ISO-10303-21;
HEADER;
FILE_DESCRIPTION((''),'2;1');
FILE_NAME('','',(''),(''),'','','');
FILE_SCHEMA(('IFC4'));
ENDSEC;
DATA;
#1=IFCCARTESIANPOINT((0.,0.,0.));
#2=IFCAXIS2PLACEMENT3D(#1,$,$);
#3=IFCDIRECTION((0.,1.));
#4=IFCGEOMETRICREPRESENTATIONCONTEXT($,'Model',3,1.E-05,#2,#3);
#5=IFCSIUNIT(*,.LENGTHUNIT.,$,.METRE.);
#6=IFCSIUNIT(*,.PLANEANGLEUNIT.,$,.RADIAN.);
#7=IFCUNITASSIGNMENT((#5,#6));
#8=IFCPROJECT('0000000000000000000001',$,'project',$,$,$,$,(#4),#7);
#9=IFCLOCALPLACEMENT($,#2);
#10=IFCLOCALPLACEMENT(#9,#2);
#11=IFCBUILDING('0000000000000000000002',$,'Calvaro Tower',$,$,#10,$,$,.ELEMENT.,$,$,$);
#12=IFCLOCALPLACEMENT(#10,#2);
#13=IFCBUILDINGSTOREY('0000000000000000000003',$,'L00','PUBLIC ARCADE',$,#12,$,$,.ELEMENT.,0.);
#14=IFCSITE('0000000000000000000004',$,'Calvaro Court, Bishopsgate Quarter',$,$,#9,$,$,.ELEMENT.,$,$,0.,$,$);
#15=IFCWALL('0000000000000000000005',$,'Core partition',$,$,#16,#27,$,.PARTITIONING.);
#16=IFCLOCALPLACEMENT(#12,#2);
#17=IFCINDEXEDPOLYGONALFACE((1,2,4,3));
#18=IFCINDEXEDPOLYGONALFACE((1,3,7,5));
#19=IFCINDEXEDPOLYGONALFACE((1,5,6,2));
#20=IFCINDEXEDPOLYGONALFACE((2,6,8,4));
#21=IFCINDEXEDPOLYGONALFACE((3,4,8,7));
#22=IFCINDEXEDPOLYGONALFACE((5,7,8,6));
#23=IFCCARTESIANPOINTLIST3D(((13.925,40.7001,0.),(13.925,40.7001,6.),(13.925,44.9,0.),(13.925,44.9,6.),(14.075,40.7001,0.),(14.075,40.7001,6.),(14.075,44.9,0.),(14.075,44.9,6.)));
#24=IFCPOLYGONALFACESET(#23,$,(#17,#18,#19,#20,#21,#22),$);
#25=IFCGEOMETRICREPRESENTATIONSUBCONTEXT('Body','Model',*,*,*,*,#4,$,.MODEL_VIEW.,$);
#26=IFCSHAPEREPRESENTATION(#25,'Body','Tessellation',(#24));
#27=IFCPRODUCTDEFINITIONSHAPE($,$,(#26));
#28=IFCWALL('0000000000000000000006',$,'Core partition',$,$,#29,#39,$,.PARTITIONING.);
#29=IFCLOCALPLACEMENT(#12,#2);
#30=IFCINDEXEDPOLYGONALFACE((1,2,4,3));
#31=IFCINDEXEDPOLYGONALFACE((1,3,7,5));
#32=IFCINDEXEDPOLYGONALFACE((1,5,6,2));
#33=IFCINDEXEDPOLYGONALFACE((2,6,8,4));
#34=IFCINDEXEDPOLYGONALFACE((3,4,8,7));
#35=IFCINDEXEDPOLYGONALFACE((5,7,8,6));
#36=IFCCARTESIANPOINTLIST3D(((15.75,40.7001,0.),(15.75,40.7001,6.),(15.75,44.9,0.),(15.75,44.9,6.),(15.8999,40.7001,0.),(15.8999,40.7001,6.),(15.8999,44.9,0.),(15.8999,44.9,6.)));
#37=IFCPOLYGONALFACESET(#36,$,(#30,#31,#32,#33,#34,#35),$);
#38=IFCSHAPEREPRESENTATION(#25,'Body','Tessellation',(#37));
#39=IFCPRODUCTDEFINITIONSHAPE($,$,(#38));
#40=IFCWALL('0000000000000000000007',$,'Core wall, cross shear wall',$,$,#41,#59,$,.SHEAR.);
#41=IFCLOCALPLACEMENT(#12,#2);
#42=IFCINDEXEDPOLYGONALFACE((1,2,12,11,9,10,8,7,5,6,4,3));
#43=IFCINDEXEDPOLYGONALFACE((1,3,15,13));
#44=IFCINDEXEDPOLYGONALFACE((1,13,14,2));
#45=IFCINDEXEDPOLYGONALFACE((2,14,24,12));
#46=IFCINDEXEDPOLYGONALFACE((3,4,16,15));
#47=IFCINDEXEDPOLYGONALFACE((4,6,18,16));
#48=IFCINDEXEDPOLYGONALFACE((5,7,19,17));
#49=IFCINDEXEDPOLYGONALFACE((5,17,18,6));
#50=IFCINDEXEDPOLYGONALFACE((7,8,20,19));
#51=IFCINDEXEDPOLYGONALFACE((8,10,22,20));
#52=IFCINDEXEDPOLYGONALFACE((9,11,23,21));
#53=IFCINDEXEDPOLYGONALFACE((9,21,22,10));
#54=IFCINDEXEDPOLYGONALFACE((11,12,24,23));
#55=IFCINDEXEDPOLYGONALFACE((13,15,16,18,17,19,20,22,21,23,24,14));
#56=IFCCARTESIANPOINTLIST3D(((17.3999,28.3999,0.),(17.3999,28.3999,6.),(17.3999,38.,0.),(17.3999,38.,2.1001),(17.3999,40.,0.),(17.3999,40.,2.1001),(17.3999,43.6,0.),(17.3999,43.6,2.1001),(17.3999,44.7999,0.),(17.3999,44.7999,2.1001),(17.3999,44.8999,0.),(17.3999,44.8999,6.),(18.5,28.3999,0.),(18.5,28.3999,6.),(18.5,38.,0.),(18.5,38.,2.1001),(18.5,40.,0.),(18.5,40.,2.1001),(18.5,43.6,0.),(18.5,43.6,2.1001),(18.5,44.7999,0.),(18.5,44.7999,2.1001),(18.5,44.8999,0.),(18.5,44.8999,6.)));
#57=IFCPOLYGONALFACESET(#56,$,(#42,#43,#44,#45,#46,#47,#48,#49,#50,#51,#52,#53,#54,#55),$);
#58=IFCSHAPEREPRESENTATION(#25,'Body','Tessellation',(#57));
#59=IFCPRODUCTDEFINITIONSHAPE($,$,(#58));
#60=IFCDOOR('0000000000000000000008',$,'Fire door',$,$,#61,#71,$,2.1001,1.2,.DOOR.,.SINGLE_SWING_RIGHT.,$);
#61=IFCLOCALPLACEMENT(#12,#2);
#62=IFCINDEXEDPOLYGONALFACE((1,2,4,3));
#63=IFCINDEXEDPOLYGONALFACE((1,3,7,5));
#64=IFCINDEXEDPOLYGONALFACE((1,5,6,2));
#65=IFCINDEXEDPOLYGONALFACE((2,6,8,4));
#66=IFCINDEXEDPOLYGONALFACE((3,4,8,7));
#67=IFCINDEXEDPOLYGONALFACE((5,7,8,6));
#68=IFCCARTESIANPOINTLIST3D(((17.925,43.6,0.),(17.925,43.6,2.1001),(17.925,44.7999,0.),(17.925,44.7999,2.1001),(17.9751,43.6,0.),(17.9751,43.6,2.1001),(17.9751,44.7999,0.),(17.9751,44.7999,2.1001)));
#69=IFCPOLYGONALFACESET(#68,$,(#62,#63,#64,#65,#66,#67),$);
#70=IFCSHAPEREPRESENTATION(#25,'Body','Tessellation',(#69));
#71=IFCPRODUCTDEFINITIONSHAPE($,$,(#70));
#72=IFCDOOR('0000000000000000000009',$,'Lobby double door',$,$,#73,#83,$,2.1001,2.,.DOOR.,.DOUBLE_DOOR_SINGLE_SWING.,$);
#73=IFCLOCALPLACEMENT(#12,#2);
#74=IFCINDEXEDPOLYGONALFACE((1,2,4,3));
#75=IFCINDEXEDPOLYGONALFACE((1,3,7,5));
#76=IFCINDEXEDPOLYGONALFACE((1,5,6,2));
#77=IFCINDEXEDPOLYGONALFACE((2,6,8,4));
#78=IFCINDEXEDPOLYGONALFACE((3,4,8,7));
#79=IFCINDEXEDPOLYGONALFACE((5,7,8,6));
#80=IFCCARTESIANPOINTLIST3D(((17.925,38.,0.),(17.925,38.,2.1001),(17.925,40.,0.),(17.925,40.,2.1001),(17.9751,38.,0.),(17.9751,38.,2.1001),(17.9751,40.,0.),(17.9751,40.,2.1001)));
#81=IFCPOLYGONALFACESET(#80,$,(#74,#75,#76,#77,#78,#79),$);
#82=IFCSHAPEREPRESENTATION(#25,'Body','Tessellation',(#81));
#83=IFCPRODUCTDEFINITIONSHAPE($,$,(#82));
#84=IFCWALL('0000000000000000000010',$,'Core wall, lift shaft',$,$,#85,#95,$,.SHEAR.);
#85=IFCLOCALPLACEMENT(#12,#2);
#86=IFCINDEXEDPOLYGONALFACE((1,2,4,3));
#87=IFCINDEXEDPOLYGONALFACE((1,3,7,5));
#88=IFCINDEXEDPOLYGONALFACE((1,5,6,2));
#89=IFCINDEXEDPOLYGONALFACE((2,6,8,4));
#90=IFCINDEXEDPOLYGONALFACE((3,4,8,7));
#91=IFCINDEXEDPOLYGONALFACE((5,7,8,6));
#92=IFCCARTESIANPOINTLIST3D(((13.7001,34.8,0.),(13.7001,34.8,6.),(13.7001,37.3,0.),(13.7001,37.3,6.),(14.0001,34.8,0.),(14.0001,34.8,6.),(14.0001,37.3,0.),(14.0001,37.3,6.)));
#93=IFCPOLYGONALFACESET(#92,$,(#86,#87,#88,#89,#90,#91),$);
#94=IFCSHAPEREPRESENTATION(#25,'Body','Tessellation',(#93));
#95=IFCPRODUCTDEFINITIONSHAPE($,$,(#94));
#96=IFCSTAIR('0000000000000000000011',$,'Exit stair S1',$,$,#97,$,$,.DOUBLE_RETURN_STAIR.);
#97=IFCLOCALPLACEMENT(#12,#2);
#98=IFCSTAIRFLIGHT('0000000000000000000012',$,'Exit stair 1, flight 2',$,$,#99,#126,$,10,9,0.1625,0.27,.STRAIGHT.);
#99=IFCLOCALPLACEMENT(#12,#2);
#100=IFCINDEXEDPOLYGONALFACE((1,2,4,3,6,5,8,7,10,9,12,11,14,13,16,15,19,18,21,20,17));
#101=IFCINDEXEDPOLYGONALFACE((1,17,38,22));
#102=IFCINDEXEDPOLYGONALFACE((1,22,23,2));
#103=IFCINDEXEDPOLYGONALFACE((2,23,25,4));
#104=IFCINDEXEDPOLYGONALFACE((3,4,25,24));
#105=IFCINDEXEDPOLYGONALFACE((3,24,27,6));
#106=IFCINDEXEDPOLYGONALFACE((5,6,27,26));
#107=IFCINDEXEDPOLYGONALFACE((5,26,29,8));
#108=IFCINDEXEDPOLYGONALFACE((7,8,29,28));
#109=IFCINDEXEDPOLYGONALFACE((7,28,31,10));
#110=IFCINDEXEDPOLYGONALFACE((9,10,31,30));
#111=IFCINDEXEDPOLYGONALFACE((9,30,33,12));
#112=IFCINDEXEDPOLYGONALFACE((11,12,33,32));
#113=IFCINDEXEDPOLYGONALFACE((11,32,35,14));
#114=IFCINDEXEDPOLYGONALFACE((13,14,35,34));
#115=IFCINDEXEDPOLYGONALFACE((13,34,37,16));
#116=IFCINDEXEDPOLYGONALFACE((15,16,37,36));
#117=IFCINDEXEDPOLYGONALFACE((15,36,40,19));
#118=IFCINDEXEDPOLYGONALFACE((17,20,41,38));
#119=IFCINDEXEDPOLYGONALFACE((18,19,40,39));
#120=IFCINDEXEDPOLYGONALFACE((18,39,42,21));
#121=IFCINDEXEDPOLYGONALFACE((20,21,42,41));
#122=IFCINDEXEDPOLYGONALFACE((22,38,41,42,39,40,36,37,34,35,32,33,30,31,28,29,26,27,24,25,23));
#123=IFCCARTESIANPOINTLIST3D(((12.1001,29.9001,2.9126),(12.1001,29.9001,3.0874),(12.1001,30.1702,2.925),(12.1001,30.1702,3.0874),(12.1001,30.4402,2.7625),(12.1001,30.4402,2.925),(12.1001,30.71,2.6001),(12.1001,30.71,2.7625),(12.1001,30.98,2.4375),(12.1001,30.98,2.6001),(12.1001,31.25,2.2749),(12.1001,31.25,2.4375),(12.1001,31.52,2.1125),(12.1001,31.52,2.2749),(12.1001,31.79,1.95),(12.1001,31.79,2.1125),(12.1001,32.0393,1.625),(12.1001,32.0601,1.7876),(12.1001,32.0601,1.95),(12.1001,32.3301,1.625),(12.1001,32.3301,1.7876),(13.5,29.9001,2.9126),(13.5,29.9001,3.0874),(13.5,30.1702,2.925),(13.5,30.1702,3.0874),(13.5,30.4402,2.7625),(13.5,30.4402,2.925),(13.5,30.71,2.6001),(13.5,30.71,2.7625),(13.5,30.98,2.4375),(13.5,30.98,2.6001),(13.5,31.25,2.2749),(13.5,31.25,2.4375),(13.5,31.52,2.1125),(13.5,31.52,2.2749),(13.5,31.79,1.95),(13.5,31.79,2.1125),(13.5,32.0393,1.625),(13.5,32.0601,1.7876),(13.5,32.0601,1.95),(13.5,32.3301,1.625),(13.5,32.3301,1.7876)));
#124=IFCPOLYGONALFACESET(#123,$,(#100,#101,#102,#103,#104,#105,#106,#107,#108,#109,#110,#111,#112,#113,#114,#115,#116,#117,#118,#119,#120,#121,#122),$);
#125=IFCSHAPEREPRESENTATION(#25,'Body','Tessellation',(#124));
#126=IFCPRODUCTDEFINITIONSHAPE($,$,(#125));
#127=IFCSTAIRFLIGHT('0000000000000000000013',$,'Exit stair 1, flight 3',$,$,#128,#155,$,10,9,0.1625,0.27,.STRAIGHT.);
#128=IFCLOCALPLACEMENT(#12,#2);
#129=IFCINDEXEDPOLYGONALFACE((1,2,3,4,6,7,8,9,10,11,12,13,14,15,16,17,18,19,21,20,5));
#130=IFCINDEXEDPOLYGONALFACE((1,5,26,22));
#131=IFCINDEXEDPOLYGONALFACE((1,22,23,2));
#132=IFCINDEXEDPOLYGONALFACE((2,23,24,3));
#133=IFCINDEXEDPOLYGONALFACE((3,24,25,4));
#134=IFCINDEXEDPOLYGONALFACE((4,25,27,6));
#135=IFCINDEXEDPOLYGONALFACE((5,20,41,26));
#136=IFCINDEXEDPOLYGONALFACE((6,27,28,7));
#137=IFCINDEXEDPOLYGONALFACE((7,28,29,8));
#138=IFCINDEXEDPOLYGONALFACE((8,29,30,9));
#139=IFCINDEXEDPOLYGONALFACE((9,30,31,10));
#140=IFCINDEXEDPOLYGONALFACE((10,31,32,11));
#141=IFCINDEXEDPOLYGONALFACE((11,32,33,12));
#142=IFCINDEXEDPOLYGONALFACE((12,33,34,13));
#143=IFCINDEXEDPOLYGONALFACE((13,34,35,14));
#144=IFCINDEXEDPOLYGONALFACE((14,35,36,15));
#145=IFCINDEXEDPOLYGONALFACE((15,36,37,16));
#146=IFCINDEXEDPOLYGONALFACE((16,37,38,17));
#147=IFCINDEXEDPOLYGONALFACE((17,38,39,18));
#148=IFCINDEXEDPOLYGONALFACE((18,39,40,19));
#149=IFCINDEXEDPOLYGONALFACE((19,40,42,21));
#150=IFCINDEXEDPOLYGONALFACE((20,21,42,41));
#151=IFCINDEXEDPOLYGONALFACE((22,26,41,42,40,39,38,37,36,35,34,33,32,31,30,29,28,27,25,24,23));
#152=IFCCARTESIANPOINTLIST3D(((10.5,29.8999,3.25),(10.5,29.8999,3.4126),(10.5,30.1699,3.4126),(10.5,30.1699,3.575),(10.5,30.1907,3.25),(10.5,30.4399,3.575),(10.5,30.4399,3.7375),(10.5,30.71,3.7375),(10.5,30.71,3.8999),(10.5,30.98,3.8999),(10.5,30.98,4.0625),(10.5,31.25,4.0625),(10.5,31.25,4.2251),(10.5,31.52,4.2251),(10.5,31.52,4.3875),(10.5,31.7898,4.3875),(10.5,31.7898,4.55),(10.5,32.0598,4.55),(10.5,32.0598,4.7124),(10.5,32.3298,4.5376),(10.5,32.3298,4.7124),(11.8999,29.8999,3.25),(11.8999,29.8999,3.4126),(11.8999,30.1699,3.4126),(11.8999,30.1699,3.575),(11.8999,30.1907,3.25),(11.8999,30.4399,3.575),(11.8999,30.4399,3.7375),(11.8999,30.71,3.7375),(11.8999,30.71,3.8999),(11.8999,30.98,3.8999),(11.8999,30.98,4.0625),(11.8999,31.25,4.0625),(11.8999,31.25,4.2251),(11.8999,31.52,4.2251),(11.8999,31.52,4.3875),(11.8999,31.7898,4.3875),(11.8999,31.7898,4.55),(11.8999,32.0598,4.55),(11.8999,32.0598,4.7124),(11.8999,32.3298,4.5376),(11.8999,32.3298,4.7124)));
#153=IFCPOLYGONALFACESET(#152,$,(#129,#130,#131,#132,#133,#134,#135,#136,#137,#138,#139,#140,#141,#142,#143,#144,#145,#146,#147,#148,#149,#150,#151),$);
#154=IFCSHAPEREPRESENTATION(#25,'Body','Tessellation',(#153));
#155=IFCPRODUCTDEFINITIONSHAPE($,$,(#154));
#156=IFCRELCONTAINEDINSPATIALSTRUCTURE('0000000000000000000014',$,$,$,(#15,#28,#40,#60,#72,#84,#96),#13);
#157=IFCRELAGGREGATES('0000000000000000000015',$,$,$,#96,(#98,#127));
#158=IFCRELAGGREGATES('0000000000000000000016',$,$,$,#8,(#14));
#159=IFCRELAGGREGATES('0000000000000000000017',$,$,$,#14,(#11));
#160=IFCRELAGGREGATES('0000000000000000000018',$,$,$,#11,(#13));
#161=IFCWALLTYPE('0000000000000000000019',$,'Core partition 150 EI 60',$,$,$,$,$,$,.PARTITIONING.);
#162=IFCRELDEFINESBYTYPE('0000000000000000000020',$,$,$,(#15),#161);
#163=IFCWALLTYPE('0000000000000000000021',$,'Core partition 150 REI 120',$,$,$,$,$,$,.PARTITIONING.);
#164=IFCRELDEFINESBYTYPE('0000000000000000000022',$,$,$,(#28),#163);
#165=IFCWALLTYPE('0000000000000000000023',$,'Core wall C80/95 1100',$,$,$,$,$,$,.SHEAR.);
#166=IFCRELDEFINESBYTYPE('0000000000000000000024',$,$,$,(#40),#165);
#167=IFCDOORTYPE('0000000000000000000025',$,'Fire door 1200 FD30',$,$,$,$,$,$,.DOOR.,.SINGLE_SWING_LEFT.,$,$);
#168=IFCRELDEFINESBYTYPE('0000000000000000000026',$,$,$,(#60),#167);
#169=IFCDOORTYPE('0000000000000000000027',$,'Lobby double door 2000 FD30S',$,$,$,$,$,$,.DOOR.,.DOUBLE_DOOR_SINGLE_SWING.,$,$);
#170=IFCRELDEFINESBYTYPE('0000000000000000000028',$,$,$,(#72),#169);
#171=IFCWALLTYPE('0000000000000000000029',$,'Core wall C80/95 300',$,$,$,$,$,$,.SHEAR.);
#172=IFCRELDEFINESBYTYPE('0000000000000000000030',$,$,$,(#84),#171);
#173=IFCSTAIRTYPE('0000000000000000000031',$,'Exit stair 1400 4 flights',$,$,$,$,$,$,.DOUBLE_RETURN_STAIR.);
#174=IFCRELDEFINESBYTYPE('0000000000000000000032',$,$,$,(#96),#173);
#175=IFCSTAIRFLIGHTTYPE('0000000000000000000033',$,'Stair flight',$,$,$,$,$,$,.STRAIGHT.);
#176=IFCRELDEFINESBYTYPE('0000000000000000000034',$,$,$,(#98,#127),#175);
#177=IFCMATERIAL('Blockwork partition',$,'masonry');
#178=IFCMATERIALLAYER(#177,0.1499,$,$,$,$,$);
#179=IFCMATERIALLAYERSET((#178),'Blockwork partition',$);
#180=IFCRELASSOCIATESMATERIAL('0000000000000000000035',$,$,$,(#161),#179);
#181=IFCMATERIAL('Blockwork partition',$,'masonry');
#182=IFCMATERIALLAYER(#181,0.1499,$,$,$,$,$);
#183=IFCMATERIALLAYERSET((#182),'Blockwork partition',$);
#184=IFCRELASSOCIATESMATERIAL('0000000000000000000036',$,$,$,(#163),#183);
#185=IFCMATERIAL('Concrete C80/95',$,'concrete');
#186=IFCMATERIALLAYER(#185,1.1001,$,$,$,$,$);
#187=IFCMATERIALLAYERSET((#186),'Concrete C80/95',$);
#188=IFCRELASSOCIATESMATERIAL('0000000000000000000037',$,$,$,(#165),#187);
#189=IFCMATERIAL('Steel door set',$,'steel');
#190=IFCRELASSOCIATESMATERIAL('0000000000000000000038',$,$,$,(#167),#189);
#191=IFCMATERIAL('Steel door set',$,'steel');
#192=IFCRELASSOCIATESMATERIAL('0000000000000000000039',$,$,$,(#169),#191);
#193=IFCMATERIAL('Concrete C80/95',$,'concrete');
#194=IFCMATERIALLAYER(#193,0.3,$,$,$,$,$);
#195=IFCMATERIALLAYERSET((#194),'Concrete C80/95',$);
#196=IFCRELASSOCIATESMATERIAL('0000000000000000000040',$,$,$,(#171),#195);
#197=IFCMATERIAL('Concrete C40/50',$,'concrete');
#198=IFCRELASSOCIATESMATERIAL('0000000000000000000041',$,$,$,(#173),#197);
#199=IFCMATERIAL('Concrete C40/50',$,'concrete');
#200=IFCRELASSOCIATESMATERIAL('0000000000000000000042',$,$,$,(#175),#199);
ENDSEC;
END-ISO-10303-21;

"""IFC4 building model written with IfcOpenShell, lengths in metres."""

from ifc_helpers import new_model, si_unit, direction, frame, frame_2d, origin, place, context, subcontext, project, spatial, polyline, rectangle, outline, extrude, material, layer, layer_set, type_object, element, fill, aggregate, save


model = new_model("IFC4")

# Units and contexts
model_context = context("Model", 3, precision=1e-05, world=origin(), true_north=direction((0.0, 1.0)))
body_context = subcontext(model_context, "Body", "Model", "MODEL_VIEW")
ifc_project = project(units=[si_unit("LENGTHUNIT", "METRE"), si_unit("PLANEANGLEUNIT", "RADIAN")], contexts=[model_context])

# Site, building, storey
site_placement = place(None, origin())
site = spatial("IfcSite", under=ifc_project, at=site_placement, Name="Calvaro Court, Bishopsgate Quarter", CompositionType="ELEMENT", RefElevation=0.0)
building_placement = place(site_placement, origin())
building = spatial("IfcBuilding", under=site, at=building_placement, Name="Calvaro Tower", CompositionType="ELEMENT")
storey_placement = place(building_placement, origin())
storey = spatial("IfcBuildingStorey", under=building, at=storey_placement, Name="L00", Description="PUBLIC ARCADE", CompositionType="ELEMENT", Elevation=0.0)

# Walls
ifc_material_1 = material(Name="Blockwork partition", Category="masonry")
ifc_layer_1 = layer(ifc_material_1, 0.1499)
ifc_layer_set_1 = layer_set([ifc_layer_1], Name="Blockwork partition")
wall_type_1 = type_object("IfcWallType", Name="Core partition 150 EI 60", PredefinedType="PARTITIONING", material=ifc_layer_set_1)
wall_1_placement = place(storey_placement, frame((14.0, 40.7, 0.0), z_axis=(0.0, 0.0, 1.0), x_axis=(0.0, 1.0, 0.0)))
element("IfcWall", 1, at=wall_1_placement, inside=storey, type_object=wall_type_1, Name="Core partition", PredefinedType="PARTITIONING", context=body_context, shape_type="SweptSolid", body=[
    extrude(rectangle(XDim=4.2, YDim=0.1499, at=frame_2d((2.1001, 0.0))), origin(), (0.0, 0.0, 1.0), 6.0),
])
ifc_material_2 = material(Name="Blockwork partition", Category="masonry")
ifc_layer_2 = layer(ifc_material_2, 0.1499)
ifc_layer_set_2 = layer_set([ifc_layer_2], Name="Blockwork partition")
wall_type_2 = type_object("IfcWallType", Name="Core partition 150 REI 120", PredefinedType="PARTITIONING", material=ifc_layer_set_2)
wall_2_placement = place(storey_placement, frame((15.825, 40.7, 0.0), z_axis=(0.0, 0.0, 1.0), x_axis=(0.0, 1.0, 0.0)))
element("IfcWall", 2, at=wall_2_placement, inside=storey, type_object=wall_type_2, Name="Core partition", PredefinedType="PARTITIONING", context=body_context, shape_type="SweptSolid", body=[
    extrude(rectangle(XDim=4.2, YDim=0.1499, at=frame_2d((2.1001, 0.0))), origin(), (0.0, 0.0, 1.0), 6.0),
])

# Wall, openings, doors
ifc_material_3 = material(Name="Concrete C80/95", Category="concrete")
ifc_layer_3 = layer(ifc_material_3, 1.1001)
ifc_layer_set_3 = layer_set([ifc_layer_3], Name="Concrete C80/95")
wall_type_3 = type_object("IfcWallType", Name="Core wall C80/95 1100", PredefinedType="SHEAR", material=ifc_layer_set_3)
wall_3_placement = place(storey_placement, frame((17.95, 28.3999, 0.0), z_axis=(0.0, 0.0, 1.0), x_axis=(0.0, 1.0, 0.0)))
wall_3 = element("IfcWall", 3, at=wall_3_placement, inside=storey, type_object=wall_type_3, Name="Core wall, cross shear wall", PredefinedType="SHEAR", context=body_context, shape_type="SweptSolid", body=[
    extrude(rectangle(XDim=16.5, YDim=1.1001, at=frame_2d((8.25, 0.0))), origin(), (0.0, 0.0, 1.0), 6.0),
])
opening_1_placement = place(wall_3_placement, frame((9.6001, 0.0, 0.0)))
opening_1 = element("IfcOpeningElement", 4, at=opening_1_placement, cuts=wall_3, PredefinedType="OPENING", context=body_context, shape_type="SweptSolid", body=[
    extrude(rectangle(XDim=2.0, YDim=2.1001, at=frame_2d((1.0, 1.05))), frame((0.0, 0.5601, 0.0), z_axis=(0.0, -1.0, 0.0), x_axis=(1.0, 0.0, 0.0)), (0.0, 0.0, 1.0), 1.1201),
])
opening_2_placement = place(wall_3_placement, frame((15.2, 0.0, 0.0)))
opening_2 = element("IfcOpeningElement", 5, at=opening_2_placement, cuts=wall_3, PredefinedType="OPENING", context=body_context, shape_type="SweptSolid", body=[
    extrude(rectangle(XDim=1.2, YDim=2.1001, at=frame_2d((0.6001, 1.05))), frame((0.0, 0.5601, 0.0), z_axis=(0.0, -1.0, 0.0), x_axis=(1.0, 0.0, 0.0)), (0.0, 0.0, 1.0), 1.1201),
])
ifc_material_4 = material(Name="Steel door set", Category="steel")
door_type_1 = type_object("IfcDoorType", Name="Fire door 1200 FD30", OperationType="SINGLE_SWING_LEFT", PredefinedType="DOOR", material=ifc_material_4)
door_1_placement = place(opening_2_placement, origin())
door_1 = element("IfcDoor", 6, at=door_1_placement, inside=storey, type_object=door_type_1, Name="Fire door", OperationType="SINGLE_SWING_RIGHT", OverallHeight=2.1001, OverallWidth=1.2, PredefinedType="DOOR", context=body_context, shape_type="SweptSolid", body=[
    extrude(rectangle(XDim=1.2, YDim=2.1001, at=frame_2d((0.6001, 1.05))), frame((0.0, 0.0249, 0.0), z_axis=(0.0, -1.0, 0.0), x_axis=(1.0, 0.0, 0.0)), (0.0, 0.0, 1.0), 0.05),
])
fill(opening_2, door_1)
ifc_material_5 = material(Name="Steel door set", Category="steel")
door_type_2 = type_object("IfcDoorType", Name="Lobby double door 2000 FD30S", OperationType="DOUBLE_DOOR_SINGLE_SWING", PredefinedType="DOOR", material=ifc_material_5)
door_2_placement = place(opening_1_placement, origin())
door_2 = element("IfcDoor", 7, at=door_2_placement, inside=storey, type_object=door_type_2, Name="Lobby double door", OperationType="DOUBLE_DOOR_SINGLE_SWING", OverallHeight=2.1001, OverallWidth=2.0, PredefinedType="DOOR", context=body_context, shape_type="SweptSolid", body=[
    extrude(rectangle(XDim=2.0, YDim=2.1001, at=frame_2d((1.0, 1.05))), frame((0.0, 0.0249, 0.0), z_axis=(0.0, -1.0, 0.0), x_axis=(1.0, 0.0, 0.0)), (0.0, 0.0, 1.0), 0.05),
])
fill(opening_1, door_2)

# Wall
ifc_material_6 = material(Name="Concrete C80/95", Category="concrete")
ifc_layer_4 = layer(ifc_material_6, 0.3)
ifc_layer_set_4 = layer_set([ifc_layer_4], Name="Concrete C80/95")
wall_type_4 = type_object("IfcWallType", Name="Core wall C80/95 300", PredefinedType="SHEAR", material=ifc_layer_set_4)
wall_4_placement = place(storey_placement, frame((13.8501, 34.8, 0.0), z_axis=(0.0, 0.0, 1.0), x_axis=(0.0, 1.0, 0.0)))
element("IfcWall", 8, at=wall_4_placement, inside=storey, type_object=wall_type_4, Name="Core wall, lift shaft", PredefinedType="SHEAR", context=body_context, shape_type="SweptSolid", body=[
    extrude(rectangle(XDim=2.5, YDim=0.3, at=frame_2d((1.25, 0.0))), origin(), (0.0, 0.0, 1.0), 6.0),
])

# Stair, stair flights
ifc_material_7 = material(Name="Concrete C40/50", Category="concrete")
stair_type = type_object("IfcStairType", Name="Exit stair 1400 4 flights", PredefinedType="DOUBLE_RETURN_STAIR", material=ifc_material_7)
stair_placement = place(storey_placement, origin())
stair = element("IfcStair", 9, at=stair_placement, inside=storey, type_object=stair_type, Name="Exit stair S1", PredefinedType="DOUBLE_RETURN_STAIR")
ifc_material_8 = material(Name="Concrete C40/50", Category="concrete")
stair_flight_type = type_object("IfcStairFlightType", Name="Stair flight", PredefinedType="STRAIGHT", material=ifc_material_8)
stair_flight_1_placement = place(storey_placement, frame((12.8, 32.3301, 1.625), z_axis=(0.0, 0.0, 1.0), x_axis=(0.0, -1.0, 0.0)))
stair_flight_1 = element("IfcStairFlight", 10, at=stair_flight_1_placement, type_object=stair_flight_type, Name="Exit stair 1, flight 2", NumberOfRisers=10, NumberOfTreads=9, PredefinedType="STRAIGHT", RiserHeight=0.1625, TreadLength=0.27, context=body_context, shape_type="SweptSolid", body=[
    extrude(outline(polyline([(0.0, 0.0), (0.0, 0.1626), (0.27, 0.1626), (0.27, 0.325), (0.54, 0.325), (0.54, 0.4875), (0.8101, 0.4875), (0.8101, 0.6499), (1.0801, 0.6499), (1.0801, 0.8125), (1.3501, 0.8125), (1.3501, 0.9751), (1.6201, 0.9751), (1.6201, 1.1375), (1.8899, 1.1375), (1.8899, 1.3), (2.1599, 1.3), (2.1599, 1.4624), (2.4299, 1.4624), (2.4299, 1.625), (2.4299, 1.2876), (0.2908, 0.0), (0.0, 0.0)])), frame((0.0, 0.7, 0.0), z_axis=(0.0, -1.0, 0.0), x_axis=(1.0, 0.0, 0.0)), (0.0, 0.0, 1.0), 1.3999),
])
stair_flight_2_placement = place(storey_placement, frame((11.2, 29.8999, 3.25), z_axis=(0.0, 0.0, 1.0), x_axis=(0.0, 1.0, 0.0)))
stair_flight_2 = element("IfcStairFlight", 11, at=stair_flight_2_placement, type_object=stair_flight_type, Name="Exit stair 1, flight 3", NumberOfRisers=10, NumberOfTreads=9, PredefinedType="STRAIGHT", RiserHeight=0.1625, TreadLength=0.27, context=body_context, shape_type="SweptSolid", body=[
    extrude(outline(polyline([(0.0, 0.0), (0.0, 0.1626), (0.27, 0.1626), (0.27, 0.325), (0.54, 0.325), (0.54, 0.4875), (0.8101, 0.4875), (0.8101, 0.6499), (1.0801, 0.6499), (1.0801, 0.8125), (1.3501, 0.8125), (1.3501, 0.9751), (1.6201, 0.9751), (1.6201, 1.1375), (1.8899, 1.1375), (1.8899, 1.3), (2.1599, 1.3), (2.1599, 1.4624), (2.4299, 1.4624), (2.4299, 1.625), (2.4299, 1.2876), (0.2908, 0.0), (0.0, 0.0)])), frame((0.0, 0.7, 0.0), z_axis=(0.0, -1.0, 0.0), x_axis=(1.0, 0.0, 0.0)), (0.0, 0.0, 1.0), 1.3999),
])
aggregate(stair, [stair_flight_1, stair_flight_2])

save(model, "model.ifc")
